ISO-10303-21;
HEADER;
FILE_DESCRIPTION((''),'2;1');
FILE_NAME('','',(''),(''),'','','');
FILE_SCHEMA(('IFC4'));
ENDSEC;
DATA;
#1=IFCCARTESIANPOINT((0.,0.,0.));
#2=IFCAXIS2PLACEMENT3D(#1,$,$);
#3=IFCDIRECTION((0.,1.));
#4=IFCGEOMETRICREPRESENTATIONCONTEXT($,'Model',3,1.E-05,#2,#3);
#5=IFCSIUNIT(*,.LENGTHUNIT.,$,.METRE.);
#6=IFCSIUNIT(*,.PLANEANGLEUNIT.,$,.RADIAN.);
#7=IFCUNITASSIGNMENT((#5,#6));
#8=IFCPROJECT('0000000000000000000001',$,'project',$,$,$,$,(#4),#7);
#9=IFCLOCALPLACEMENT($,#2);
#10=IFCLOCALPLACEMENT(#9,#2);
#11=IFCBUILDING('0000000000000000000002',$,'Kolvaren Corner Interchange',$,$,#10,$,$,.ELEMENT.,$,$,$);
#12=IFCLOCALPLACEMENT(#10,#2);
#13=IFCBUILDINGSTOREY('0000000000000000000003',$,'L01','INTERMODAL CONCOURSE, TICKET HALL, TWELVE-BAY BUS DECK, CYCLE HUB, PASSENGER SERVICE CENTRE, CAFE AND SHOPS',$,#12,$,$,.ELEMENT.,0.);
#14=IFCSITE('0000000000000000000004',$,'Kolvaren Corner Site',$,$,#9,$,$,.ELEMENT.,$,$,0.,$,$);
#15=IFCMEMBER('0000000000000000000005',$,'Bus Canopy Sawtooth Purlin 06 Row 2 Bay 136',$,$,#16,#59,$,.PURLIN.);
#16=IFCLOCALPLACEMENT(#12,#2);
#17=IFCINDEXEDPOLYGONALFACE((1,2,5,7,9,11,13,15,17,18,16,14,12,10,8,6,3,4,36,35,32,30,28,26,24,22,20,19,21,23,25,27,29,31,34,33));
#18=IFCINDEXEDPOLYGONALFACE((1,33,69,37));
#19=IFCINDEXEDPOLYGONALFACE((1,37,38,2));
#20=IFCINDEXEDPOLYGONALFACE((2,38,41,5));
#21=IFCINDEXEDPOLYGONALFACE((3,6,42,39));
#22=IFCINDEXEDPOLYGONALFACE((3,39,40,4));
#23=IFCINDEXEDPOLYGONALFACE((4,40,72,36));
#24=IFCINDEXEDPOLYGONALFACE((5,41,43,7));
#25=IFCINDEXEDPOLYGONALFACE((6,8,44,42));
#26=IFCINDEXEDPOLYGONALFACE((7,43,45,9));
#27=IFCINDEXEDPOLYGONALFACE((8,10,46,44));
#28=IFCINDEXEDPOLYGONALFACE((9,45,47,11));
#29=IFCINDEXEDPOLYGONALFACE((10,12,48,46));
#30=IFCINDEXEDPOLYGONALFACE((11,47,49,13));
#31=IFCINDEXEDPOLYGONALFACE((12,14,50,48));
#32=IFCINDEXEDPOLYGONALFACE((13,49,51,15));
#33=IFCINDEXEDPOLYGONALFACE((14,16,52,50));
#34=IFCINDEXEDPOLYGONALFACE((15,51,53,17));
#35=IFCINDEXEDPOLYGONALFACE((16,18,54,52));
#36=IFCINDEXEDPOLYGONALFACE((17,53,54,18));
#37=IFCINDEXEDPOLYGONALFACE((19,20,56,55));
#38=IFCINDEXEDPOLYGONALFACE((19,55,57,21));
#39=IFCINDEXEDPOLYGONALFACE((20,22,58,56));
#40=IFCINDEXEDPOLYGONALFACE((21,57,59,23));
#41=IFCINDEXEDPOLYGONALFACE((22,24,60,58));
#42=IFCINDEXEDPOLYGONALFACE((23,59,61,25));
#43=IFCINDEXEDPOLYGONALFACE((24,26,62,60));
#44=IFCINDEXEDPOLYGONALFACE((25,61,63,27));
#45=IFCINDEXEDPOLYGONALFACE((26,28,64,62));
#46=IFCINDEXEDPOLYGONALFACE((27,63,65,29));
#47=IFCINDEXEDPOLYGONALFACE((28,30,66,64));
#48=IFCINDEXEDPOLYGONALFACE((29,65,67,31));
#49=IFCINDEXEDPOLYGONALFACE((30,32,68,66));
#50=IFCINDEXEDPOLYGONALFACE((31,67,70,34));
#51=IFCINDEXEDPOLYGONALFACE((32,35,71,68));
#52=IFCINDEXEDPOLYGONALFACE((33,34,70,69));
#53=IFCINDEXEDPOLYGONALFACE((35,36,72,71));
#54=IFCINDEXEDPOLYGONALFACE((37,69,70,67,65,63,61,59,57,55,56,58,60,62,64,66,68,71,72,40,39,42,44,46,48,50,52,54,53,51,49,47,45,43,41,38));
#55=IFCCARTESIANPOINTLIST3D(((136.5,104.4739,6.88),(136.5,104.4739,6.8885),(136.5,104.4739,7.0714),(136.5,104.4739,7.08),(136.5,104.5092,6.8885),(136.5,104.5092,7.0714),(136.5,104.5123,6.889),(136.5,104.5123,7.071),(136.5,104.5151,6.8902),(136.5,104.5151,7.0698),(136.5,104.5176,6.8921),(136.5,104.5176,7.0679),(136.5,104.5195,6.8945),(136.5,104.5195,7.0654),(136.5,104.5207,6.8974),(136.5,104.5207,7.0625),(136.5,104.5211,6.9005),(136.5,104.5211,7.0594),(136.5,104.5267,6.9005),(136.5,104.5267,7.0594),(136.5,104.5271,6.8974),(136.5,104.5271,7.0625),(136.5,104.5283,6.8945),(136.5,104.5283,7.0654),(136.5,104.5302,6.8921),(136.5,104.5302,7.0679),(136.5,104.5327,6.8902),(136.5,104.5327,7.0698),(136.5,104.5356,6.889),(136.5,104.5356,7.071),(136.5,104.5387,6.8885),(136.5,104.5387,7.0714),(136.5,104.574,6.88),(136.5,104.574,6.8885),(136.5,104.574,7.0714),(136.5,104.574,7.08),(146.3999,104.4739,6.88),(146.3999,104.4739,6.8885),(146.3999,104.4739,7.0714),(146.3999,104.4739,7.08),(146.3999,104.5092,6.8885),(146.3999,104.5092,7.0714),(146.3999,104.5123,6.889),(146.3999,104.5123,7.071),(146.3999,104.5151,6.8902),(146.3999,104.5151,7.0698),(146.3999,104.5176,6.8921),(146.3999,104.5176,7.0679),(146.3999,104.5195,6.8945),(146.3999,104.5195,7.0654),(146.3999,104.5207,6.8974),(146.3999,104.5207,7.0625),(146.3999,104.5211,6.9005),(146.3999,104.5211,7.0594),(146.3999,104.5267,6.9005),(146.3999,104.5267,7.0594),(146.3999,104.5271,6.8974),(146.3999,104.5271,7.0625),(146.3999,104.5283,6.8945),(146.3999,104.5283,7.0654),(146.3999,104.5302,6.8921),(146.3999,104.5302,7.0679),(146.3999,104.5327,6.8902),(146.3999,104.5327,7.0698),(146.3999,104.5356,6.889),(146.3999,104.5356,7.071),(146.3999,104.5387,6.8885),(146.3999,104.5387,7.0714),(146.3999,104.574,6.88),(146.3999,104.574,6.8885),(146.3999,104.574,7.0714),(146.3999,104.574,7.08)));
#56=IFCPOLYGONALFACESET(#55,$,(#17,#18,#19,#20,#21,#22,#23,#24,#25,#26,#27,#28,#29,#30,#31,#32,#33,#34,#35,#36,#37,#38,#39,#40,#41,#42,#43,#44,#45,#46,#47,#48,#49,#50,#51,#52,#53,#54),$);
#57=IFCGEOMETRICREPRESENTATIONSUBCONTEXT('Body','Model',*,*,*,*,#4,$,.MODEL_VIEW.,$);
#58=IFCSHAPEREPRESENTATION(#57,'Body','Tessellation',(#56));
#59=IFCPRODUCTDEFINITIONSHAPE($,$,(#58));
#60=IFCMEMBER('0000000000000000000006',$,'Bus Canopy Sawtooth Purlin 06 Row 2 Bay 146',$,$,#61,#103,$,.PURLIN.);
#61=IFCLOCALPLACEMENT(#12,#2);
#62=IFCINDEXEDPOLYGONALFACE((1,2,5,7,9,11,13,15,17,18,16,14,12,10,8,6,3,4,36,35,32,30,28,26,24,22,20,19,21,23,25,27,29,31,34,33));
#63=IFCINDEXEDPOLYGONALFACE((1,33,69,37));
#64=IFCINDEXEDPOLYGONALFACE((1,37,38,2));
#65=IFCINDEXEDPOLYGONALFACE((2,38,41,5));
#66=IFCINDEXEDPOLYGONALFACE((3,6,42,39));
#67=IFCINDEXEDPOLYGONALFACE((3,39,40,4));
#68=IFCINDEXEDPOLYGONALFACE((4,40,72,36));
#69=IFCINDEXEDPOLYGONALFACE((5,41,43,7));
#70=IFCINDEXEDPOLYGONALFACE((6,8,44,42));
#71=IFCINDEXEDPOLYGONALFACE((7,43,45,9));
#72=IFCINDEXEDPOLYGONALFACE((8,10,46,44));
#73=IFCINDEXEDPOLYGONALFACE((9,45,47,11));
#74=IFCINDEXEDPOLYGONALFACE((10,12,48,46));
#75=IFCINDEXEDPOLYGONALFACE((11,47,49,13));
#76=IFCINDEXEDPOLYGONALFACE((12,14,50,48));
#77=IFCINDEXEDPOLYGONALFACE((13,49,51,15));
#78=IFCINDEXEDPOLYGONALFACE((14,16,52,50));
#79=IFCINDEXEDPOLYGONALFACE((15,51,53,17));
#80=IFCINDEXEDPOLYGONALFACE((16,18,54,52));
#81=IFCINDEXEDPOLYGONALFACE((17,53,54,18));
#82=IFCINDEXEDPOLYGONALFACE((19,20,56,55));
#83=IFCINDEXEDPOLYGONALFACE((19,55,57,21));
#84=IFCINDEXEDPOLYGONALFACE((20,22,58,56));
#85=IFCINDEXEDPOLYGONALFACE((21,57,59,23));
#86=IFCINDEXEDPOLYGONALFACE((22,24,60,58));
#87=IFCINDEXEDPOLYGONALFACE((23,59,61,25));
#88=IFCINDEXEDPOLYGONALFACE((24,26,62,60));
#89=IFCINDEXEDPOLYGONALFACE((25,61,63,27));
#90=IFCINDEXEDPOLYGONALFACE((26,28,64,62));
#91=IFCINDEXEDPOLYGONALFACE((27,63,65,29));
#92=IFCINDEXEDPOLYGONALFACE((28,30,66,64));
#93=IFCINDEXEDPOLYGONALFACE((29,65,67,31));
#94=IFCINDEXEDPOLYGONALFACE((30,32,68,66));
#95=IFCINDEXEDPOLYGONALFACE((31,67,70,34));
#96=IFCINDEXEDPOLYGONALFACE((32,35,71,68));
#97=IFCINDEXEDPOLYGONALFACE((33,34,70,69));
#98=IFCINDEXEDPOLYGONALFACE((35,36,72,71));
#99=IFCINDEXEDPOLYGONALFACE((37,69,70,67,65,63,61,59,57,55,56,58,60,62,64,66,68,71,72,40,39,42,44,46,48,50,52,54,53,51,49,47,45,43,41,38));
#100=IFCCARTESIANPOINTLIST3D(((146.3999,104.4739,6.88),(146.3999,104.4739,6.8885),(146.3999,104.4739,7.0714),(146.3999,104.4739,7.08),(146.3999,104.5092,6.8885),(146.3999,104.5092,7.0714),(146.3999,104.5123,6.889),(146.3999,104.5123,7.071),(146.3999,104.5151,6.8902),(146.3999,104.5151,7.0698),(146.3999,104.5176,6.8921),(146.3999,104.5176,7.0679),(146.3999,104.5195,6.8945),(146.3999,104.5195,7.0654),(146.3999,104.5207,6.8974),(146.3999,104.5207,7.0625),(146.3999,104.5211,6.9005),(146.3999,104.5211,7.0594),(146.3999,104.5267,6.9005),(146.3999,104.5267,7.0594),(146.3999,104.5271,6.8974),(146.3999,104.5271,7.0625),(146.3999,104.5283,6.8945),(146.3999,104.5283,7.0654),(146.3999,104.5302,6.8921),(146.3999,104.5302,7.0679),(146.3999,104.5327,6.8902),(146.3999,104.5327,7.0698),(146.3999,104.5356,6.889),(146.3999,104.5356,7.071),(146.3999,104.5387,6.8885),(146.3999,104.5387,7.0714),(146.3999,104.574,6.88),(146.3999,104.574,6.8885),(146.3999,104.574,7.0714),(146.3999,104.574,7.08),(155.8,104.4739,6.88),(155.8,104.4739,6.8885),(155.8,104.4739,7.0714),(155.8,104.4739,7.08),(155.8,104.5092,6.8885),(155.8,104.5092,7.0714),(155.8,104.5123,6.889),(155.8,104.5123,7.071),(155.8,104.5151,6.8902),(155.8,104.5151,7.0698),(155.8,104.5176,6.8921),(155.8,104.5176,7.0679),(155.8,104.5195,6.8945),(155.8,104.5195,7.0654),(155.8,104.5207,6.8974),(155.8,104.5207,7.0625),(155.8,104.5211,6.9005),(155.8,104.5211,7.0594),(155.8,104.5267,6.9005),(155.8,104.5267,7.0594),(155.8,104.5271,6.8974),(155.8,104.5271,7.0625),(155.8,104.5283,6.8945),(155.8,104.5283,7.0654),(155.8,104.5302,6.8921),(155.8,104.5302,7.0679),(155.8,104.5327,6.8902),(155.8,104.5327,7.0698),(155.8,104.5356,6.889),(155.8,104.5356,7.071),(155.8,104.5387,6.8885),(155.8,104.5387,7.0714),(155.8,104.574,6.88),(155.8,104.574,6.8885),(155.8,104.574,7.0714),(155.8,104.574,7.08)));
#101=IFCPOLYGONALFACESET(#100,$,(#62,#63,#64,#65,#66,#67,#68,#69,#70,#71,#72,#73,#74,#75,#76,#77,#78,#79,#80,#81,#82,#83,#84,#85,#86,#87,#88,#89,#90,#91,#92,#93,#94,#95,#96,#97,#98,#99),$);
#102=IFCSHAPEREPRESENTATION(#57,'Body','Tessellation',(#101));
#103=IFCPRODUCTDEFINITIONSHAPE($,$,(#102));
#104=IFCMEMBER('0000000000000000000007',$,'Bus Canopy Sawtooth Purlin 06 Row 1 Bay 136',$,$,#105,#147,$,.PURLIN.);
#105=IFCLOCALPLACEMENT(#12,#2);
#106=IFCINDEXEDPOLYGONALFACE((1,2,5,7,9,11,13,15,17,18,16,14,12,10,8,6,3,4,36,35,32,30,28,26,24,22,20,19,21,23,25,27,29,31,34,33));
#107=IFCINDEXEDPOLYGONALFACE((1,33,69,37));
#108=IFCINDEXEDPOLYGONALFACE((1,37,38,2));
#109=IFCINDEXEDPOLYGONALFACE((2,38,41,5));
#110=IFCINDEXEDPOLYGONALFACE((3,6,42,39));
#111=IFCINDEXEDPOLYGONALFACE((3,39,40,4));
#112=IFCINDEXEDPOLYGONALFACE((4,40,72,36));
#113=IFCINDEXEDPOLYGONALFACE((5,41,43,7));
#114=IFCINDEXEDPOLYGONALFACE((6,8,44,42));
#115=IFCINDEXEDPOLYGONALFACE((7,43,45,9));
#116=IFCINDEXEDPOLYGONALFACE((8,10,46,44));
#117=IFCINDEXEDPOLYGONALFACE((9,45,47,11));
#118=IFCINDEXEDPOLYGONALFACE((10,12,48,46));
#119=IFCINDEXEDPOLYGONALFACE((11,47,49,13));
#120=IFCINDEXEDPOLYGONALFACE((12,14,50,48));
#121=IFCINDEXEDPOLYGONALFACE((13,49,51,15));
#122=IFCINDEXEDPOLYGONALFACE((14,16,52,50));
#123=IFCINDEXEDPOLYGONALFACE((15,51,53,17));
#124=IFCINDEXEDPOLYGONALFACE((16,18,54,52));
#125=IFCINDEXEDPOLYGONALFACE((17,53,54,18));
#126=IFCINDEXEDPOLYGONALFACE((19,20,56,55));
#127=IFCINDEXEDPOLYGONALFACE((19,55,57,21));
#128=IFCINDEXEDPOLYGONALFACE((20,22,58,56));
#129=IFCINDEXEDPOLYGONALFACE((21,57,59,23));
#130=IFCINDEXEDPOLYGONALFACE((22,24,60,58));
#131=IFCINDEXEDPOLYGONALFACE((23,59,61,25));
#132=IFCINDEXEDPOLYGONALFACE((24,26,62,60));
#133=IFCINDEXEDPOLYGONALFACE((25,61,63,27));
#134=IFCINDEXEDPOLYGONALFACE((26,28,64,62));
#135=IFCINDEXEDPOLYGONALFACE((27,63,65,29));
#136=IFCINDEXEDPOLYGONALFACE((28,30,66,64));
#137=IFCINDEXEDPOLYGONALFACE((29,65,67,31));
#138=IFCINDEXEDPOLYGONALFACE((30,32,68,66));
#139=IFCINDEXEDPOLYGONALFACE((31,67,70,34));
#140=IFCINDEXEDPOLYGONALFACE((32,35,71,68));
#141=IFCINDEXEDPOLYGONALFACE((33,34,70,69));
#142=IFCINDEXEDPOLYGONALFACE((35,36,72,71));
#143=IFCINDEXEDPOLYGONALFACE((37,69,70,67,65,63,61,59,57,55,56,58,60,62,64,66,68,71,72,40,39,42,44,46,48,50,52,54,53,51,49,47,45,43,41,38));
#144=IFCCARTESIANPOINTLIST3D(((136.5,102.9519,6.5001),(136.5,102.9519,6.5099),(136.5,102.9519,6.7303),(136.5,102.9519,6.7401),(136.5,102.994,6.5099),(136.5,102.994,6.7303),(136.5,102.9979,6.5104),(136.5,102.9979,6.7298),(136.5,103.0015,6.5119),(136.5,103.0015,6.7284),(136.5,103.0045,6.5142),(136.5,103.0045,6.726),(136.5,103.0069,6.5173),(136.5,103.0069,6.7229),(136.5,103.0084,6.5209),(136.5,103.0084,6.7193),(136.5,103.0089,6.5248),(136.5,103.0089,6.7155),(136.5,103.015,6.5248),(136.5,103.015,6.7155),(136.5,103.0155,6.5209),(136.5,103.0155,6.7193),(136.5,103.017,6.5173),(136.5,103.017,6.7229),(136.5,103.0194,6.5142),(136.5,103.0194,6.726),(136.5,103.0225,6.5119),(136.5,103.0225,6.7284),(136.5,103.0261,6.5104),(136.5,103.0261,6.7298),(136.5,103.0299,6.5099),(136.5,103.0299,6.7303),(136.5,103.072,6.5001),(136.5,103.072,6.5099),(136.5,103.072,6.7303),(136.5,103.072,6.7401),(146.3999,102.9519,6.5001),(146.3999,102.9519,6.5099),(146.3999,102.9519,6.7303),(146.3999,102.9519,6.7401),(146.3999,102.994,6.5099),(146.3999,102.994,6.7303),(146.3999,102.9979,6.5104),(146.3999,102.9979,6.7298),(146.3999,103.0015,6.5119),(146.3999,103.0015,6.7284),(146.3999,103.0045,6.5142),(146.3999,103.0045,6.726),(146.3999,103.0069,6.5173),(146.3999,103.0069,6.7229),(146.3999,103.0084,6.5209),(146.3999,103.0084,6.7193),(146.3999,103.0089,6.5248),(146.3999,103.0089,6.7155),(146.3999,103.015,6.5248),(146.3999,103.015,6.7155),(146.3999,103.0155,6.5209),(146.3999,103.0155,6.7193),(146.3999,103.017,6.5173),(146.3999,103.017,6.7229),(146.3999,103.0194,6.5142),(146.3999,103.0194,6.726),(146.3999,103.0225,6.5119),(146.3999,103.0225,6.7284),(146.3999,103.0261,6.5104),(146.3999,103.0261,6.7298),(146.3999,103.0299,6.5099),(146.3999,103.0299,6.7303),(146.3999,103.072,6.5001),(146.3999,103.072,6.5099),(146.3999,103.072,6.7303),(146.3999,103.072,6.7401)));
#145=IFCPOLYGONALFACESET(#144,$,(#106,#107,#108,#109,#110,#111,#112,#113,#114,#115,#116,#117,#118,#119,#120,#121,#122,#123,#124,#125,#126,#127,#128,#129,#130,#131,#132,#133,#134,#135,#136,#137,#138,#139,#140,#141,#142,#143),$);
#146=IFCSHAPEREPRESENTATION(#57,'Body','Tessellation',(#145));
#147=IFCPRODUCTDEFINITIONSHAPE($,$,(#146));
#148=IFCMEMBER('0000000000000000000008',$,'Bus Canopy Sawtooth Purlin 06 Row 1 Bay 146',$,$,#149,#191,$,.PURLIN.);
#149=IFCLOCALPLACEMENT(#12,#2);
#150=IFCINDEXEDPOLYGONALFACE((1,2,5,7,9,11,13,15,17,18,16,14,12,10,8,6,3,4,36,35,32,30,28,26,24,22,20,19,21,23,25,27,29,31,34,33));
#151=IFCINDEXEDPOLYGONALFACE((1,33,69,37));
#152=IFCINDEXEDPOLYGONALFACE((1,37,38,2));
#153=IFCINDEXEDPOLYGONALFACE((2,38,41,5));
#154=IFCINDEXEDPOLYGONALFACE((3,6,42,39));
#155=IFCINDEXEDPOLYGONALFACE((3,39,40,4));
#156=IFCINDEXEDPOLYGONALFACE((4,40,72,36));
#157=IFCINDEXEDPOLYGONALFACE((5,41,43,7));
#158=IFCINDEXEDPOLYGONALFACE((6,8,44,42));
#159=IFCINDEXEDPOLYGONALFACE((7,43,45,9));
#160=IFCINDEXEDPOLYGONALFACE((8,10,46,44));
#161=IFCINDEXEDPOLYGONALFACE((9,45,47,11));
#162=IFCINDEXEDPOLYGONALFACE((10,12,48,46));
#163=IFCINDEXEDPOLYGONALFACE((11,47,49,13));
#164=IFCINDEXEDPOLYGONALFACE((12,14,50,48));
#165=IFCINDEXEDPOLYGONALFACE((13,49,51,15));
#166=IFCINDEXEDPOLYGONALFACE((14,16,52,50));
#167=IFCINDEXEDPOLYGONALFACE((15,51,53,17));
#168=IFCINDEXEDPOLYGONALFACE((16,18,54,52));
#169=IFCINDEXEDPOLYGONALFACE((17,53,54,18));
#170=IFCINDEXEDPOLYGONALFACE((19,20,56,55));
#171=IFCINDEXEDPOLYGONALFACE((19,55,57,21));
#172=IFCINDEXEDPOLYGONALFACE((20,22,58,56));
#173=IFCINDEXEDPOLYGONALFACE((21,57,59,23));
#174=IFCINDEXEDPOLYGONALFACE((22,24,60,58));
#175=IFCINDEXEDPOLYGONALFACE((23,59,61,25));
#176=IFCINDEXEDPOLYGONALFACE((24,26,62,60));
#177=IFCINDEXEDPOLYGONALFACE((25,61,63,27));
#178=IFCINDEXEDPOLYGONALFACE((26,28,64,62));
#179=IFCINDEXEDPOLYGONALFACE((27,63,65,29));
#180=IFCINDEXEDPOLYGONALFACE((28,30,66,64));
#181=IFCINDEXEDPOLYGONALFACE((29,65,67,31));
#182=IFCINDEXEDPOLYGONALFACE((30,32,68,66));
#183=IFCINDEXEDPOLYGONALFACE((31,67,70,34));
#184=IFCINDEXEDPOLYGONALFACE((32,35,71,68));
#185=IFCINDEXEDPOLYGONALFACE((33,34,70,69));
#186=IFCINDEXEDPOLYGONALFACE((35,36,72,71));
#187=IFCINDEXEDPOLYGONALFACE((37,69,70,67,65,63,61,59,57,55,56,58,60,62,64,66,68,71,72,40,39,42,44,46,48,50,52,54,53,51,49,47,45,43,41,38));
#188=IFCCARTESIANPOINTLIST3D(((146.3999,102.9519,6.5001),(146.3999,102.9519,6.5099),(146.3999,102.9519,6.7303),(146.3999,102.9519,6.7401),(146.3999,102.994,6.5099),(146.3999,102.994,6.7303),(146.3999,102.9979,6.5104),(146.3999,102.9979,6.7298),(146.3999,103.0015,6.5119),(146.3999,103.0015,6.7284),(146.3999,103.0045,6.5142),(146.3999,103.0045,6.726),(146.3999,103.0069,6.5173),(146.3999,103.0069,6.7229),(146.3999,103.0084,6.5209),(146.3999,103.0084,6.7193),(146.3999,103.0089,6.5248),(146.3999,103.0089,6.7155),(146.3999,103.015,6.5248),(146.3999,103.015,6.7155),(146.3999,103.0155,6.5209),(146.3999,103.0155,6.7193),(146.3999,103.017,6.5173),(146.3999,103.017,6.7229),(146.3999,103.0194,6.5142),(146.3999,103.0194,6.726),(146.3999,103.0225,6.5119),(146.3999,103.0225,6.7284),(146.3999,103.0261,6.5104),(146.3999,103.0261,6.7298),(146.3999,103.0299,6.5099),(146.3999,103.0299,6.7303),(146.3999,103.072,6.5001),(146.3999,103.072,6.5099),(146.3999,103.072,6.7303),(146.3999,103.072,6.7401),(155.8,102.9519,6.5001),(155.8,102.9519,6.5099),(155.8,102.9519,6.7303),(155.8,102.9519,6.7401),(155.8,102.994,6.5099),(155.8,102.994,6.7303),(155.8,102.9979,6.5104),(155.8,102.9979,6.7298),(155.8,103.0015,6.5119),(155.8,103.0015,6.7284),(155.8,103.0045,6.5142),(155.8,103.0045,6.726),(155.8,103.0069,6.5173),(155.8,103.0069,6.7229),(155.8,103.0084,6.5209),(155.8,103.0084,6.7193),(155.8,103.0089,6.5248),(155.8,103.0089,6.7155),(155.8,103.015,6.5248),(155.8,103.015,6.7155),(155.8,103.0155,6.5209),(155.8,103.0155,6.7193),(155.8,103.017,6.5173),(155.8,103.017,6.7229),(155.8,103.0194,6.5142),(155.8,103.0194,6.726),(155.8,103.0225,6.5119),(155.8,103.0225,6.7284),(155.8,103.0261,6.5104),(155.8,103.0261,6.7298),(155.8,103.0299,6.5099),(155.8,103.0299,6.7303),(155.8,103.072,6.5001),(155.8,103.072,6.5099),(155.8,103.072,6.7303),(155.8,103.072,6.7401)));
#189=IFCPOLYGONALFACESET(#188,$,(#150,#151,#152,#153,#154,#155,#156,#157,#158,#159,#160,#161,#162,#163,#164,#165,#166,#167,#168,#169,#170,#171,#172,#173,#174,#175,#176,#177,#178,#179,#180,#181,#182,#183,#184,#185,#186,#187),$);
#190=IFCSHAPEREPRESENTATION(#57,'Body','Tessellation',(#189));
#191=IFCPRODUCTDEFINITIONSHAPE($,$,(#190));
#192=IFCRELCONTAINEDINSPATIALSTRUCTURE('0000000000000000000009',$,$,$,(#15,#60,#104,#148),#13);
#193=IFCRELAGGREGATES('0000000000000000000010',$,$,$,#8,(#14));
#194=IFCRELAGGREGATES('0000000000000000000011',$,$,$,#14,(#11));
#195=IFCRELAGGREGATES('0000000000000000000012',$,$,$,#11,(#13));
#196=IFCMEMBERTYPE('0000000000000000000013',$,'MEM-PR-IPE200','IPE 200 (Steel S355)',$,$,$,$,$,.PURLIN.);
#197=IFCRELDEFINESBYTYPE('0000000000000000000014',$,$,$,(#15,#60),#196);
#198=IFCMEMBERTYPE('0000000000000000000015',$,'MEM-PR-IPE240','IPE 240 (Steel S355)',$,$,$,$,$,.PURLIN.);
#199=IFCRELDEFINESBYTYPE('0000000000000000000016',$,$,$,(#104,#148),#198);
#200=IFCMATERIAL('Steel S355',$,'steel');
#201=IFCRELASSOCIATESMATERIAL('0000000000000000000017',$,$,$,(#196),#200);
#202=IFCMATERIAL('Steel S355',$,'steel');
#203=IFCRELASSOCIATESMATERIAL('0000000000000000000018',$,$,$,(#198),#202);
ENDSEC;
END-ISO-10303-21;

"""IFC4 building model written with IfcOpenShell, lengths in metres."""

from ifc_helpers import new_model, si_unit, direction, frame, origin, origin_2d, place, context, subcontext, project, spatial, i_section, extrude, material, material_profile, profile_set, type_object, element, save


model = new_model("IFC4")

# Units and contexts
model_context = context("Model", 3, precision=1e-05, world=origin(), true_north=direction((0.0, 1.0)))
body_context = subcontext(model_context, "Body", "Model", "MODEL_VIEW")
ifc_project = project(units=[si_unit("LENGTHUNIT", "METRE"), si_unit("PLANEANGLEUNIT", "RADIAN")], contexts=[model_context])

# Site, building, storey
site_placement = place(None, origin())
site = spatial("IfcSite", under=ifc_project, at=site_placement, Name="Kolvaren Corner Site", CompositionType="ELEMENT", RefElevation=0.0)
building_placement = place(site_placement, origin())
building = spatial("IfcBuilding", under=site, at=building_placement, Name="Kolvaren Corner Interchange", CompositionType="ELEMENT")
storey_placement = place(building_placement, origin())
storey = spatial("IfcBuildingStorey", under=building, at=storey_placement, Name="L01", Description="INTERMODAL CONCOURSE, TICKET HALL, TWELVE-BAY BUS DECK, CYCLE HUB, PASSENGER SERVICE CENTRE, CAFE AND SHOPS", CompositionType="ELEMENT", Elevation=0.0)

# Members
ifc_material_1 = material(Name="Steel S355", Category="steel")
ifc_material_profile_1 = material_profile(ifc_material_1, i_section(OverallWidth=0.1001, OverallDepth=0.2, WebThickness=0.0056, FlangeThickness=0.0085, FilletRadius=0.012, at=origin_2d()), Name="IPE 200")
ifc_profile_set_1 = profile_set([ifc_material_profile_1], Name="Steel S355")
member_type_1 = type_object("IfcMemberType", Name="MEM-PR-IPE200", Description="IPE 200 (Steel S355)", PredefinedType="PURLIN", material=ifc_profile_set_1)
member_1_placement = place(storey_placement, frame((136.5, 104.5239, 6.98), z_axis=(1.0, 0.0, 0.0), x_axis=(0.0, 1.0, 0.0)))
element("IfcMember", 1, at=member_1_placement, inside=storey, type_object=member_type_1, Name="Bus Canopy Sawtooth Purlin 06 Row 2 Bay 136", PredefinedType="PURLIN", context=body_context, shape_type="SweptSolid", body=[
    extrude(i_section(OverallWidth=0.1001, OverallDepth=0.2, WebThickness=0.0056, FlangeThickness=0.0085, FilletRadius=0.012, at=origin_2d()), origin(), (0.0, 0.0, 1.0), 9.8999),
])
member_2_placement = place(storey_placement, frame((146.3999, 104.5239, 6.98), z_axis=(1.0, 0.0, 0.0), x_axis=(0.0, 1.0, 0.0)))
element("IfcMember", 2, at=member_2_placement, inside=storey, type_object=member_type_1, Name="Bus Canopy Sawtooth Purlin 06 Row 2 Bay 146", PredefinedType="PURLIN", context=body_context, shape_type="SweptSolid", body=[
    extrude(i_section(OverallWidth=0.1001, OverallDepth=0.2, WebThickness=0.0056, FlangeThickness=0.0085, FilletRadius=0.012, at=origin_2d()), origin(), (0.0, 0.0, 1.0), 9.4001),
])
ifc_material_2 = material(Name="Steel S355", Category="steel")
ifc_material_profile_2 = material_profile(ifc_material_2, i_section(OverallWidth=0.1201, OverallDepth=0.24, WebThickness=0.0061, FlangeThickness=0.0098, FilletRadius=0.0149, at=origin_2d()), Name="IPE 240")
ifc_profile_set_2 = profile_set([ifc_material_profile_2], Name="Steel S355")
member_type_2 = type_object("IfcMemberType", Name="MEM-PR-IPE240", Description="IPE 240 (Steel S355)", PredefinedType="PURLIN", material=ifc_profile_set_2)
member_3_placement = place(storey_placement, frame((136.5, 103.012, 6.6201), z_axis=(1.0, 0.0, 0.0), x_axis=(0.0, 1.0, 0.0)))
element("IfcMember", 3, at=member_3_placement, inside=storey, type_object=member_type_2, Name="Bus Canopy Sawtooth Purlin 06 Row 1 Bay 136", PredefinedType="PURLIN", context=body_context, shape_type="SweptSolid", body=[
    extrude(i_section(OverallWidth=0.1201, OverallDepth=0.24, WebThickness=0.0061, FlangeThickness=0.0098, FilletRadius=0.0149, at=origin_2d()), origin(), (0.0, 0.0, 1.0), 9.8999),
])
member_4_placement = place(storey_placement, frame((146.3999, 103.012, 6.6201), z_axis=(1.0, 0.0, 0.0), x_axis=(0.0, 1.0, 0.0)))
element("IfcMember", 4, at=member_4_placement, inside=storey, type_object=member_type_2, Name="Bus Canopy Sawtooth Purlin 06 Row 1 Bay 146", PredefinedType="PURLIN", context=body_context, shape_type="SweptSolid", body=[
    extrude(i_section(OverallWidth=0.1201, OverallDepth=0.24, WebThickness=0.0061, FlangeThickness=0.0098, FilletRadius=0.0149, at=origin_2d()), origin(), (0.0, 0.0, 1.0), 9.4001),
])

save(model, "model.ifc")
